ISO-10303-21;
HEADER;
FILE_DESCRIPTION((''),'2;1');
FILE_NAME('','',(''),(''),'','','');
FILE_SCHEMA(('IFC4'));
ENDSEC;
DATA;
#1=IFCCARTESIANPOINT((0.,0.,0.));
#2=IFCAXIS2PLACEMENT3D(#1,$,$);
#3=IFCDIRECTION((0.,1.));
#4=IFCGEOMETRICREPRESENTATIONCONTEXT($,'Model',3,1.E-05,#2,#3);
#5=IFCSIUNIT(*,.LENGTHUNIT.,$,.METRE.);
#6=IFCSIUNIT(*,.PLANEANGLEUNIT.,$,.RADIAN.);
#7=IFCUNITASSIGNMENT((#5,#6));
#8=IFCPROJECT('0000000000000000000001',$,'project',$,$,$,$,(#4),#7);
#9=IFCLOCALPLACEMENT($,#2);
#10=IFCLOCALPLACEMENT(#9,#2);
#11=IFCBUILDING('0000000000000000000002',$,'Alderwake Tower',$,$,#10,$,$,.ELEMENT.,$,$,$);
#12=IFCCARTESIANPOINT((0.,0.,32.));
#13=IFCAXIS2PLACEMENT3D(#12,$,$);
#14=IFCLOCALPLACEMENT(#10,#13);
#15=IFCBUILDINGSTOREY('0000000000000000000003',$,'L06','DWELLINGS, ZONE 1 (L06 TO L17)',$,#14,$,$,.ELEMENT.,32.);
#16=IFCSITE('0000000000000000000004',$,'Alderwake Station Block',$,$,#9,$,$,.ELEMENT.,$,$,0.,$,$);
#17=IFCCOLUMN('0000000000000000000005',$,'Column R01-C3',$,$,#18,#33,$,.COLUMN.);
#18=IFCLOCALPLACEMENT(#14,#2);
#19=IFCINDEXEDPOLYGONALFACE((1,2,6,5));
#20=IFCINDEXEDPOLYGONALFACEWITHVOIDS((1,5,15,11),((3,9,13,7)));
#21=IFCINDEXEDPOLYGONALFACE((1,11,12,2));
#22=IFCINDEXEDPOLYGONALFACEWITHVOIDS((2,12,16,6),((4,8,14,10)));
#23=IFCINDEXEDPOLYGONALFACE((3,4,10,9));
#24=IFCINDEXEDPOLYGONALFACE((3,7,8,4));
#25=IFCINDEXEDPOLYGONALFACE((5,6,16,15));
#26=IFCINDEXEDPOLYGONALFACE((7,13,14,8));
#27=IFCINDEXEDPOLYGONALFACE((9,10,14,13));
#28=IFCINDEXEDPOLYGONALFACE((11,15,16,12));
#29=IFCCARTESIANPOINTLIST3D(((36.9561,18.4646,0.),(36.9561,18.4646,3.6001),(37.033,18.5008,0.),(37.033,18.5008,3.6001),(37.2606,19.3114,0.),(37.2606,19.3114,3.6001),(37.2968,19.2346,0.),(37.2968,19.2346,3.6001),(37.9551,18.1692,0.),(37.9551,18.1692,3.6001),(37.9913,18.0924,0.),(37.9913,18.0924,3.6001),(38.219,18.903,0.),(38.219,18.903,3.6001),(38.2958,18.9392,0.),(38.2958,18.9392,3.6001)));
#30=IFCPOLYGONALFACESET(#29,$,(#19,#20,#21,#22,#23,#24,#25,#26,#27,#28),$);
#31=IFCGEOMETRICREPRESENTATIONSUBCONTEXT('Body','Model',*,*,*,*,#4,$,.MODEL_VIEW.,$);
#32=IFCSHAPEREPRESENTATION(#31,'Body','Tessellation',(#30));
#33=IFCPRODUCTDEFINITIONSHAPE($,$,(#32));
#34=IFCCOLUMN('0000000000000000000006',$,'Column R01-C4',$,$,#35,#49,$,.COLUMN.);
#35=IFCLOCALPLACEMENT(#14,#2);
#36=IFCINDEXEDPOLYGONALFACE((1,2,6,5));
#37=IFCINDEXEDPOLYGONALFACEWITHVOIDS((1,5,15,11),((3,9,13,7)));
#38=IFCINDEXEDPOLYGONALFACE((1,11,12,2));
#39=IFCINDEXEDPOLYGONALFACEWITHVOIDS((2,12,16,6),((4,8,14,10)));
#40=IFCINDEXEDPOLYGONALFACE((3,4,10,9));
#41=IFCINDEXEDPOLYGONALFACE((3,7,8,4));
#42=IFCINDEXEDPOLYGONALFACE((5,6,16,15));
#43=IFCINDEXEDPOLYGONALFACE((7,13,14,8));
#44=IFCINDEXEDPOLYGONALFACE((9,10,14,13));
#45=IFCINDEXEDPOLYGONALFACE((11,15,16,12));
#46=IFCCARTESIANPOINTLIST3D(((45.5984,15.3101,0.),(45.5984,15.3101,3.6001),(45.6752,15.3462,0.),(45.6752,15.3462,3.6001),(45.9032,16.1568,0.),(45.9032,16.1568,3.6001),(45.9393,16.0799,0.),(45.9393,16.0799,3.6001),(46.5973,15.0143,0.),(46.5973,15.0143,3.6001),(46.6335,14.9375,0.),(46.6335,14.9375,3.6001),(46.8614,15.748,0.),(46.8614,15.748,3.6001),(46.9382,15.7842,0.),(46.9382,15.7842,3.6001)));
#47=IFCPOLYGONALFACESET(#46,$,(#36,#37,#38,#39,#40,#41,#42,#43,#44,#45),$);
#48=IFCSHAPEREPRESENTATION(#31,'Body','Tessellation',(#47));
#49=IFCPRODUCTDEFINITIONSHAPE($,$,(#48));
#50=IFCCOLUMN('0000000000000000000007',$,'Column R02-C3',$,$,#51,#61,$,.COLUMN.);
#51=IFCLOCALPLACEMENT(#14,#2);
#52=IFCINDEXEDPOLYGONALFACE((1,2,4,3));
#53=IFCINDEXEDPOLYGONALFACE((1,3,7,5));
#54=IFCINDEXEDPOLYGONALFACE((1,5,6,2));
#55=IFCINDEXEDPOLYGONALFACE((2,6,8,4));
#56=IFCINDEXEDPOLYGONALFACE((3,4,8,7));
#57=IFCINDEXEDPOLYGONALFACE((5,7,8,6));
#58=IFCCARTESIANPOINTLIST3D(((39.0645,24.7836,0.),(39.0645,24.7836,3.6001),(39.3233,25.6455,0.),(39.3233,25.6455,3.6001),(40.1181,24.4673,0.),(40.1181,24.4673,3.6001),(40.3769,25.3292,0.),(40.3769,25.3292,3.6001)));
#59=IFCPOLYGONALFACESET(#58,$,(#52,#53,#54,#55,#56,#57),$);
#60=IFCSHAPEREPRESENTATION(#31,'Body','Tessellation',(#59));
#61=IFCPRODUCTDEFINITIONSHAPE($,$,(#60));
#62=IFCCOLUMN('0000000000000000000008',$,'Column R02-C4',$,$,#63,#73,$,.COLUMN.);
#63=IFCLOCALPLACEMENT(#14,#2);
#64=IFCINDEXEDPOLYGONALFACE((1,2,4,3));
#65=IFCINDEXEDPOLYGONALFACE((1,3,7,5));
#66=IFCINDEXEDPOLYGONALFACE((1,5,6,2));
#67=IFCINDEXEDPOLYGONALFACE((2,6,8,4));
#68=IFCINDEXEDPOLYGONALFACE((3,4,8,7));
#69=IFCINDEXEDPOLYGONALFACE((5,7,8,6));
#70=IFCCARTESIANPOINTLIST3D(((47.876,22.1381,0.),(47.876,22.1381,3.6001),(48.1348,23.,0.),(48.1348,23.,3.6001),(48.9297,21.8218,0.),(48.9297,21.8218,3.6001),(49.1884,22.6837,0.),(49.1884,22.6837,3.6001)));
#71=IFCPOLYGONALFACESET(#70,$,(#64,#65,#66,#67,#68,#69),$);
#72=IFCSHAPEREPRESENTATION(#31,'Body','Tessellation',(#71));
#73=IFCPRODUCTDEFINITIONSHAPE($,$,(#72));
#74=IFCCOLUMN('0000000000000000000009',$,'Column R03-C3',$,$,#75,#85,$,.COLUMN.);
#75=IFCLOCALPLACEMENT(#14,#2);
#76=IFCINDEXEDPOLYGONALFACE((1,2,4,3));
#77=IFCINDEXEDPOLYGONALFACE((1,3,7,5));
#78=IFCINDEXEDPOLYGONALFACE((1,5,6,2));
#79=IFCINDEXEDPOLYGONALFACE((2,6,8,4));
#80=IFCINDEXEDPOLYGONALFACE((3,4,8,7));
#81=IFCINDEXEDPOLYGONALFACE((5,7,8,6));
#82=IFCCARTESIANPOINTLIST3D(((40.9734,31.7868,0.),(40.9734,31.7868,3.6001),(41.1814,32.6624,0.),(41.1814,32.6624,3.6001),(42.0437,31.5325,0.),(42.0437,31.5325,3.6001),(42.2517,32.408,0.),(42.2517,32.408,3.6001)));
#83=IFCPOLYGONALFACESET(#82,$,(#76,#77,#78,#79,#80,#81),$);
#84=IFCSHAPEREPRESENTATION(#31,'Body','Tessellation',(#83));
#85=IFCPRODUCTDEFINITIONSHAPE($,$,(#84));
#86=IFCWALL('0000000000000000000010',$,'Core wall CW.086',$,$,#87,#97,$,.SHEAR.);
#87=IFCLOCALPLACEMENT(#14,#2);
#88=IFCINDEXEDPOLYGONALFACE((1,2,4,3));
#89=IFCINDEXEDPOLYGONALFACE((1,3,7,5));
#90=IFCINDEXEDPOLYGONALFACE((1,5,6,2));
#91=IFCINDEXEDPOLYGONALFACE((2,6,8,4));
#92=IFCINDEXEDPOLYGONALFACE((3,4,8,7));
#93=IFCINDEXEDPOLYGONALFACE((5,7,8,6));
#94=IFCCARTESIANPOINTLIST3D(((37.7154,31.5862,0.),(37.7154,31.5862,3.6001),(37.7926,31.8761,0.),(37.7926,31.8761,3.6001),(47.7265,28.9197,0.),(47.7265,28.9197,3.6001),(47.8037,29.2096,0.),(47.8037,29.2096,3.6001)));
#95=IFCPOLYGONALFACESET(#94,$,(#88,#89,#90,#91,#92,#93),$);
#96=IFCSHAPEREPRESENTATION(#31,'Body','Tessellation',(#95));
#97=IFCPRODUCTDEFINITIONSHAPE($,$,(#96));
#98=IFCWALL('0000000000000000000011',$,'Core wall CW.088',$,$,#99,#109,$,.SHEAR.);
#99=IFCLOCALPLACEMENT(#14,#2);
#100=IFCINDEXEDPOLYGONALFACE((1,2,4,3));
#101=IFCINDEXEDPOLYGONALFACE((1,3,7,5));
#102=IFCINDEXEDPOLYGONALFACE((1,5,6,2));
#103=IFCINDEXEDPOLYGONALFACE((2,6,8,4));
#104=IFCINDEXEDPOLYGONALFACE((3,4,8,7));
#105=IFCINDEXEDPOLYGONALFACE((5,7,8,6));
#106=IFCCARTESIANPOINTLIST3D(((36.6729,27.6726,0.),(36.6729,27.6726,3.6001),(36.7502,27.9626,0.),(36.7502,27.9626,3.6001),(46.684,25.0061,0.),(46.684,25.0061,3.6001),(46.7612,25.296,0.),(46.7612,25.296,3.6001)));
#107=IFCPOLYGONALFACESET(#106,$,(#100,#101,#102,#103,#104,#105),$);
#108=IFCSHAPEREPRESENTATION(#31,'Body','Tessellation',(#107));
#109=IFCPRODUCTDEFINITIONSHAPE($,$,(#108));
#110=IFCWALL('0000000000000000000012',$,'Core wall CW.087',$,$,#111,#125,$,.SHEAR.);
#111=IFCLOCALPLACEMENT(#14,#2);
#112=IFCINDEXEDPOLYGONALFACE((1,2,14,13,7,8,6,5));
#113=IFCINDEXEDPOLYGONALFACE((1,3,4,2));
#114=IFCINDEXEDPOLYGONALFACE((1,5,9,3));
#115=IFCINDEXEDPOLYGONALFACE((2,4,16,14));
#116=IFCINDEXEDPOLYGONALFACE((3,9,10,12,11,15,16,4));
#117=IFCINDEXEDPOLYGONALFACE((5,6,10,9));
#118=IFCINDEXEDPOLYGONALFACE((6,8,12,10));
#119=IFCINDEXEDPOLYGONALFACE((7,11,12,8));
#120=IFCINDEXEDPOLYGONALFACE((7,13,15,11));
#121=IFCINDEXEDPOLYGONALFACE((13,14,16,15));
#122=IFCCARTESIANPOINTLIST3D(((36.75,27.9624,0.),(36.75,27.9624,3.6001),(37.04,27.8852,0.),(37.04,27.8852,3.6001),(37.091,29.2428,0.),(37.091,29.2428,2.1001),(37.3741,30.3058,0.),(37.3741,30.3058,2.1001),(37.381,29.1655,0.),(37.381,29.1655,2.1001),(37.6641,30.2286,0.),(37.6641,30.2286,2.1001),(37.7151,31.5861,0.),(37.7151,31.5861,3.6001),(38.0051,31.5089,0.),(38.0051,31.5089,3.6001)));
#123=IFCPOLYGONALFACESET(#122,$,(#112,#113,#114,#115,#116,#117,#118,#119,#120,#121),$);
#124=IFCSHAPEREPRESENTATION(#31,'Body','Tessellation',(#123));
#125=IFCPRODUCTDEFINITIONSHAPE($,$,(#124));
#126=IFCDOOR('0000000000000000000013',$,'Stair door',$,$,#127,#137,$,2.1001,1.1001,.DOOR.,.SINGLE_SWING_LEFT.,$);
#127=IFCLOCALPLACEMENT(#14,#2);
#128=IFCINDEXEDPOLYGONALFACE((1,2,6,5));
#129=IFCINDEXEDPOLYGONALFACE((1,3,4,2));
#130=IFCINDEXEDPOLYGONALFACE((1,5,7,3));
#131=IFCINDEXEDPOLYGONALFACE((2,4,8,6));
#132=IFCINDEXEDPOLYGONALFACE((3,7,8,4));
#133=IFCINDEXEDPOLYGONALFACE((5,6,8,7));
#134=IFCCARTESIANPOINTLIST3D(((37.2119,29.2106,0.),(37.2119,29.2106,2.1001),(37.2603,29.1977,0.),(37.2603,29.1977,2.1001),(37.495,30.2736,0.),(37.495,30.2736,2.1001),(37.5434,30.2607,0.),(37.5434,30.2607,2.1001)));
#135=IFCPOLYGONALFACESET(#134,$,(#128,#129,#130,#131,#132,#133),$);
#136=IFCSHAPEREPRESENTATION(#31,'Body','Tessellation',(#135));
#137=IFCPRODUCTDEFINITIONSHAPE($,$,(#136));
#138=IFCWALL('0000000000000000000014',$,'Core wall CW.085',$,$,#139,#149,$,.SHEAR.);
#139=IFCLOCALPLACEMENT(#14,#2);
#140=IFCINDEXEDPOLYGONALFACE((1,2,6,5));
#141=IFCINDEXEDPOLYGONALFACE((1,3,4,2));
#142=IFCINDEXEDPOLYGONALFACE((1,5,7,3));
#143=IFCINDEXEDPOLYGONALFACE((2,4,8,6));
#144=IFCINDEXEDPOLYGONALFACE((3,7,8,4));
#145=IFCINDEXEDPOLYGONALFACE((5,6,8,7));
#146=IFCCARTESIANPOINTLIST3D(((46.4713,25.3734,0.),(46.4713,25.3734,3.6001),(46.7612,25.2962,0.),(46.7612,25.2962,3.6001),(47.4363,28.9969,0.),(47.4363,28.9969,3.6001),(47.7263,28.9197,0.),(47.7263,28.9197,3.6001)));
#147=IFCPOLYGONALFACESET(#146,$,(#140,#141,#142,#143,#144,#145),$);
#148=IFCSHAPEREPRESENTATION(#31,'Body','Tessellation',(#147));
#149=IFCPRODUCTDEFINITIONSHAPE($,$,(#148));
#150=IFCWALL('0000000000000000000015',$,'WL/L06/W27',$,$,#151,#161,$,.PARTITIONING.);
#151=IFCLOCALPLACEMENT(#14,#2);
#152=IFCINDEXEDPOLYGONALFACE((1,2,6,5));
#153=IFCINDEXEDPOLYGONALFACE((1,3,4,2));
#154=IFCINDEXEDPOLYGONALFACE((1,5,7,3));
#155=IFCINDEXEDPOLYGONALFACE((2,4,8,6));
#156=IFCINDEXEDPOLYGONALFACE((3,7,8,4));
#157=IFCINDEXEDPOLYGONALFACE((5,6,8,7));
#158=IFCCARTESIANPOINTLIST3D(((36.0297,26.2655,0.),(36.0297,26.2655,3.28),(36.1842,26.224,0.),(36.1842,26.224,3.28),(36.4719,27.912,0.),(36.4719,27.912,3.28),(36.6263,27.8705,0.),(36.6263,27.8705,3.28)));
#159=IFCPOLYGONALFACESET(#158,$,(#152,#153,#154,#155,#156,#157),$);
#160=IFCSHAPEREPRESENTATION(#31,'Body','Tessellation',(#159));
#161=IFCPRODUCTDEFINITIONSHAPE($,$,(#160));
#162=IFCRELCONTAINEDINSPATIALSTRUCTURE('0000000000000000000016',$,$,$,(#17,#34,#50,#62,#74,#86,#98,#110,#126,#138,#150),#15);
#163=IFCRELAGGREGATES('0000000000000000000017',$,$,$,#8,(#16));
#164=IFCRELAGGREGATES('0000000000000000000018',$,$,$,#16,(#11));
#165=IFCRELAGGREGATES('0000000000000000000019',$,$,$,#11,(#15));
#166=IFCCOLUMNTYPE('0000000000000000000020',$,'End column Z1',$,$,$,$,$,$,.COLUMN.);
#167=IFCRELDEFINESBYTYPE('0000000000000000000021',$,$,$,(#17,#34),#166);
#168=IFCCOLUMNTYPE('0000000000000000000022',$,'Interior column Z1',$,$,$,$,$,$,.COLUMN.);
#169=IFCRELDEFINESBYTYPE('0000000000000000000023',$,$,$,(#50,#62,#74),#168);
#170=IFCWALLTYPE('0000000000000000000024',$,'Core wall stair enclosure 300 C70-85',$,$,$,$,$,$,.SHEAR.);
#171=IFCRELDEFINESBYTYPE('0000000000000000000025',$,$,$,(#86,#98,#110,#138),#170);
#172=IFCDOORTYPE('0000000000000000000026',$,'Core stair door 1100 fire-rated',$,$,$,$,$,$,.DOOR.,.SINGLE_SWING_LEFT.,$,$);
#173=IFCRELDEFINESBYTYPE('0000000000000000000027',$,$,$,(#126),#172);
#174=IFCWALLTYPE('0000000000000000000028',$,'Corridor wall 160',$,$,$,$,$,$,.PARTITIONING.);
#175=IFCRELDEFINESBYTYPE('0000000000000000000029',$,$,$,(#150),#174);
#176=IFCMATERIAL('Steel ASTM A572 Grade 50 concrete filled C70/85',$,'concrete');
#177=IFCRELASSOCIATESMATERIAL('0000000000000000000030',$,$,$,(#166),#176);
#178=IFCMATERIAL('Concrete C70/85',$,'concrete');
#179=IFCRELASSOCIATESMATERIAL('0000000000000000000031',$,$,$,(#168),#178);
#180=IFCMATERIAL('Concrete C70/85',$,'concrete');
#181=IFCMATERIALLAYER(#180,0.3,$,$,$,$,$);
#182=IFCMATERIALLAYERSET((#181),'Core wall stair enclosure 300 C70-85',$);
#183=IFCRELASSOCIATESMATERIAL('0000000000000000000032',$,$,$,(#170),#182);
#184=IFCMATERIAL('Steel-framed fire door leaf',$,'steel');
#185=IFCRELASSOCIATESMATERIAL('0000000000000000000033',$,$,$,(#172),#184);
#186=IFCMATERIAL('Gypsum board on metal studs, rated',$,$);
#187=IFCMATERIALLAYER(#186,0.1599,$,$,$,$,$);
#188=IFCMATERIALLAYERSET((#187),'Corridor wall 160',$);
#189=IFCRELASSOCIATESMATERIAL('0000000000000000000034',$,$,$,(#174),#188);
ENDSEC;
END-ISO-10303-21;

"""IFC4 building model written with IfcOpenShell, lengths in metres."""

from ifc_helpers import new_model, si_unit, direction, frame, frame_2d, origin, origin_2d, place, context, subcontext, project, spatial, rectangle, hollow_rectangle, extrude, material, layer, layer_set, material_profile, profile_set, type_object, element, fill, save


model = new_model("IFC4")

# Units and contexts
model_context = context("Model", 3, precision=1e-05, world=origin(), true_north=direction((0.0, 1.0)))
body_context = subcontext(model_context, "Body", "Model", "MODEL_VIEW")
ifc_project = project(units=[si_unit("LENGTHUNIT", "METRE"), si_unit("PLANEANGLEUNIT", "RADIAN")], contexts=[model_context])

# Site, building, storey
site_placement = place(None, origin())
site = spatial("IfcSite", under=ifc_project, at=site_placement, Name="Alderwake Station Block", CompositionType="ELEMENT", RefElevation=0.0)
building_placement = place(site_placement, origin())
building = spatial("IfcBuilding", under=site, at=building_placement, Name="Alderwake Tower", CompositionType="ELEMENT")
storey_placement = place(building_placement, frame((0.0, 0.0, 32.0)))
storey = spatial("IfcBuildingStorey", under=building, at=storey_placement, Name="L06", Description="DWELLINGS, ZONE 1 (L06 TO L17)", CompositionType="ELEMENT", Elevation=32.0)

# Columns
ifc_material_1 = material(Name="Steel ASTM A572 Grade 50 concrete filled C70/85", Category="concrete")
ifc_material_profile_1 = material_profile(ifc_material_1, hollow_rectangle(XDim=0.8999, YDim=1.1001, WallThickness=0.0601, at=origin_2d()), Name="BOX 1100X900X60")
ifc_profile_set_1 = profile_set([ifc_material_profile_1], Name="Steel ASTM A572 Grade 50 concrete filled C70/85")
column_type_1 = type_object("IfcColumnType", Name="End column Z1", PredefinedType="COLUMN", material=ifc_profile_set_1)
for number, where, z_axis, x_axis, name in (
    (1, (37.626, 18.7019, 0.0), (0.0, 0.0, 1.0), (0.338385, 0.941008, 0.0), "Column R01-C3"),
    (2, (46.2683, 15.5471, 0.0), (0.0, 0.0, 1.0), (0.338695, 0.940896, 0.0), "Column R01-C4"),
):
    element("IfcColumn", number, at=place(storey_placement, frame(where, z_axis=z_axis, x_axis=x_axis)), inside=storey, type_object=column_type_1, Name=name, PredefinedType="COLUMN", context=body_context, shape_type="SweptSolid", body=[
        extrude(hollow_rectangle(XDim=0.8999, YDim=1.1001, WallThickness=0.0601, at=origin_2d()), origin(), (0.0, 0.0, 1.0), 3.6001),
    ])
ifc_material_2 = material(Name="Concrete C70/85", Category="concrete")
ifc_material_profile_2 = material_profile(ifc_material_2, rectangle(XDim=0.8999, YDim=1.1001, at=origin_2d()), Name="RC 1100X900")
ifc_profile_set_2 = profile_set([ifc_material_profile_2], Name="Concrete C70/85")
column_type_2 = type_object("IfcColumnType", Name="Interior column Z1", PredefinedType="COLUMN", material=ifc_profile_set_2)
for number, where, z_axis, x_axis, name in (
    (3, (39.7207, 25.0564, 0.0), (0.0, 0.0, 1.0), (0.287549, 0.957766, 0.0), "Column R02-C3"),
    (4, (48.5322, 22.4109, 0.0), (0.0, 0.0, 1.0), (0.287549, 0.957766, 0.0), "Column R02-C4"),
    (5, (41.6125, 32.0974, 0.0), (0.0, 0.0, 1.0), (0.231222, 0.972901, 0.0), "Column R03-C3"),
):
    element("IfcColumn", number, at=place(storey_placement, frame(where, z_axis=z_axis, x_axis=x_axis)), inside=storey, type_object=column_type_2, Name=name, PredefinedType="COLUMN", context=body_context, shape_type="SweptSolid", body=[
        extrude(rectangle(XDim=0.8999, YDim=1.1001, at=origin_2d()), origin(), (0.0, 0.0, 1.0), 3.6001),
    ])

# Walls
ifc_material_3 = material(Name="Concrete C70/85", Category="concrete")
ifc_layer_1 = layer(ifc_material_3, 0.3)
ifc_layer_set_1 = layer_set([ifc_layer_1], Name="Core wall stair enclosure 300 C70-85")
wall_type_1 = type_object("IfcWallType", Name="Core wall stair enclosure 300 C70-85", PredefinedType="SHEAR", material=ifc_layer_set_1)
for number, where, z_axis, x_axis, name in (
    (6, (37.7539, 31.7312, 0.0), (0.0, 0.0, 1.0), (0.966309, -0.257384, 0.0), "Core wall CW.086"),
    (7, (36.7114, 27.8176, 0.0), (0.0, 0.0, 1.0), (0.966309, -0.257384, 0.0), "Core wall CW.088"),
):
    element("IfcWall", number, at=place(storey_placement, frame(where, z_axis=z_axis, x_axis=x_axis)), inside=storey, type_object=wall_type_1, Name=name, PredefinedType="SHEAR", context=body_context, shape_type="SweptSolid", body=[
        extrude(rectangle(XDim=10.3601, YDim=0.3, at=frame_2d((5.1802, 0.0))), origin(), (0.0, 0.0, 1.0), 3.6001),
    ])

# Wall, opening, door
wall_1_placement = place(storey_placement, frame((36.895, 27.9238, 0.0), z_axis=(0.0, 0.0, 1.0), x_axis=(0.257351, 0.966318, 0.0)))
wall_1 = element("IfcWall", 8, at=wall_1_placement, inside=storey, type_object=wall_type_1, Name="Core wall CW.087", PredefinedType="SHEAR", context=body_context, shape_type="SweptSolid", body=[
    extrude(rectangle(XDim=3.75, YDim=0.3, at=frame_2d((1.875, 0.0))), origin(), (0.0, 0.0, 1.0), 3.6001),
])
opening_1_placement = place(wall_1_placement, frame((1.325, 0.0, 0.0)))
opening_1 = element("IfcOpeningElement", 9, at=opening_1_placement, cuts=wall_1, PredefinedType="OPENING", context=body_context, shape_type="SweptSolid", body=[
    extrude(rectangle(XDim=1.1001, YDim=2.1001, at=frame_2d((0.55, 1.05))), frame((0.0, 0.1599, 0.0), z_axis=(0.0, -1.0, 0.0), x_axis=(1.0, 0.0, 0.0)), (0.0, 0.0, 1.0), 0.3201),
])
ifc_material_4 = material(Name="Steel-framed fire door leaf", Category="steel")
door_type_1 = type_object("IfcDoorType", Name="Core stair door 1100 fire-rated", OperationType="SINGLE_SWING_LEFT", PredefinedType="DOOR", material=ifc_material_4)
door_1_placement = place(opening_1_placement, origin())
door_1 = element("IfcDoor", 10, at=door_1_placement, inside=storey, type_object=door_type_1, Name="Stair door", OperationType="SINGLE_SWING_LEFT", OverallHeight=2.1001, OverallWidth=1.1001, PredefinedType="DOOR", context=body_context, shape_type="SweptSolid", body=[
    extrude(rectangle(XDim=1.1001, YDim=2.1001, at=frame_2d((0.55, 1.05))), frame((0.0, 0.0249, 0.0), z_axis=(0.0, -1.0, 0.0), x_axis=(1.0, 0.0, 0.0)), (0.0, 0.0, 1.0), 0.05),
])
fill(opening_1, door_1)

# Walls
wall_2_placement = place(storey_placement, frame((46.6162, 25.3347, 0.0), z_axis=(0.0, 0.0, 1.0), x_axis=(0.257367, 0.966314, 0.0)))
element("IfcWall", 11, at=wall_2_placement, inside=storey, type_object=wall_type_1, Name="Core wall CW.085", PredefinedType="SHEAR", context=body_context, shape_type="SweptSolid", body=[
    extrude(rectangle(XDim=3.7498, YDim=0.3, at=frame_2d((1.875, 0.0))), origin(), (0.0, 0.0, 1.0), 3.6001),
])
ifc_material_5 = material(Name="Gypsum board on metal studs, rated")
ifc_layer_2 = layer(ifc_material_5, 0.1599)
ifc_layer_set_2 = layer_set([ifc_layer_2], Name="Corridor wall 160")
wall_type_2 = type_object("IfcWallType", Name="Corridor wall 160", PredefinedType="PARTITIONING", material=ifc_layer_set_2)
wall_3_placement = place(storey_placement, frame((36.1069, 26.2446, 0.0), z_axis=(0.0, 0.0, 1.0), x_axis=(0.259347, 0.965784, 0.0)))
element("IfcWall", 12, at=wall_3_placement, inside=storey, type_object=wall_type_2, Name="WL/L06/W27", PredefinedType="PARTITIONING", context=body_context, shape_type="SweptSolid", body=[
    extrude(rectangle(XDim=1.7048, YDim=0.1599, at=frame_2d((0.8525, 0.0))), origin(), (0.0, 0.0, 1.0), 3.28),
])

save(model, "model.ifc")
